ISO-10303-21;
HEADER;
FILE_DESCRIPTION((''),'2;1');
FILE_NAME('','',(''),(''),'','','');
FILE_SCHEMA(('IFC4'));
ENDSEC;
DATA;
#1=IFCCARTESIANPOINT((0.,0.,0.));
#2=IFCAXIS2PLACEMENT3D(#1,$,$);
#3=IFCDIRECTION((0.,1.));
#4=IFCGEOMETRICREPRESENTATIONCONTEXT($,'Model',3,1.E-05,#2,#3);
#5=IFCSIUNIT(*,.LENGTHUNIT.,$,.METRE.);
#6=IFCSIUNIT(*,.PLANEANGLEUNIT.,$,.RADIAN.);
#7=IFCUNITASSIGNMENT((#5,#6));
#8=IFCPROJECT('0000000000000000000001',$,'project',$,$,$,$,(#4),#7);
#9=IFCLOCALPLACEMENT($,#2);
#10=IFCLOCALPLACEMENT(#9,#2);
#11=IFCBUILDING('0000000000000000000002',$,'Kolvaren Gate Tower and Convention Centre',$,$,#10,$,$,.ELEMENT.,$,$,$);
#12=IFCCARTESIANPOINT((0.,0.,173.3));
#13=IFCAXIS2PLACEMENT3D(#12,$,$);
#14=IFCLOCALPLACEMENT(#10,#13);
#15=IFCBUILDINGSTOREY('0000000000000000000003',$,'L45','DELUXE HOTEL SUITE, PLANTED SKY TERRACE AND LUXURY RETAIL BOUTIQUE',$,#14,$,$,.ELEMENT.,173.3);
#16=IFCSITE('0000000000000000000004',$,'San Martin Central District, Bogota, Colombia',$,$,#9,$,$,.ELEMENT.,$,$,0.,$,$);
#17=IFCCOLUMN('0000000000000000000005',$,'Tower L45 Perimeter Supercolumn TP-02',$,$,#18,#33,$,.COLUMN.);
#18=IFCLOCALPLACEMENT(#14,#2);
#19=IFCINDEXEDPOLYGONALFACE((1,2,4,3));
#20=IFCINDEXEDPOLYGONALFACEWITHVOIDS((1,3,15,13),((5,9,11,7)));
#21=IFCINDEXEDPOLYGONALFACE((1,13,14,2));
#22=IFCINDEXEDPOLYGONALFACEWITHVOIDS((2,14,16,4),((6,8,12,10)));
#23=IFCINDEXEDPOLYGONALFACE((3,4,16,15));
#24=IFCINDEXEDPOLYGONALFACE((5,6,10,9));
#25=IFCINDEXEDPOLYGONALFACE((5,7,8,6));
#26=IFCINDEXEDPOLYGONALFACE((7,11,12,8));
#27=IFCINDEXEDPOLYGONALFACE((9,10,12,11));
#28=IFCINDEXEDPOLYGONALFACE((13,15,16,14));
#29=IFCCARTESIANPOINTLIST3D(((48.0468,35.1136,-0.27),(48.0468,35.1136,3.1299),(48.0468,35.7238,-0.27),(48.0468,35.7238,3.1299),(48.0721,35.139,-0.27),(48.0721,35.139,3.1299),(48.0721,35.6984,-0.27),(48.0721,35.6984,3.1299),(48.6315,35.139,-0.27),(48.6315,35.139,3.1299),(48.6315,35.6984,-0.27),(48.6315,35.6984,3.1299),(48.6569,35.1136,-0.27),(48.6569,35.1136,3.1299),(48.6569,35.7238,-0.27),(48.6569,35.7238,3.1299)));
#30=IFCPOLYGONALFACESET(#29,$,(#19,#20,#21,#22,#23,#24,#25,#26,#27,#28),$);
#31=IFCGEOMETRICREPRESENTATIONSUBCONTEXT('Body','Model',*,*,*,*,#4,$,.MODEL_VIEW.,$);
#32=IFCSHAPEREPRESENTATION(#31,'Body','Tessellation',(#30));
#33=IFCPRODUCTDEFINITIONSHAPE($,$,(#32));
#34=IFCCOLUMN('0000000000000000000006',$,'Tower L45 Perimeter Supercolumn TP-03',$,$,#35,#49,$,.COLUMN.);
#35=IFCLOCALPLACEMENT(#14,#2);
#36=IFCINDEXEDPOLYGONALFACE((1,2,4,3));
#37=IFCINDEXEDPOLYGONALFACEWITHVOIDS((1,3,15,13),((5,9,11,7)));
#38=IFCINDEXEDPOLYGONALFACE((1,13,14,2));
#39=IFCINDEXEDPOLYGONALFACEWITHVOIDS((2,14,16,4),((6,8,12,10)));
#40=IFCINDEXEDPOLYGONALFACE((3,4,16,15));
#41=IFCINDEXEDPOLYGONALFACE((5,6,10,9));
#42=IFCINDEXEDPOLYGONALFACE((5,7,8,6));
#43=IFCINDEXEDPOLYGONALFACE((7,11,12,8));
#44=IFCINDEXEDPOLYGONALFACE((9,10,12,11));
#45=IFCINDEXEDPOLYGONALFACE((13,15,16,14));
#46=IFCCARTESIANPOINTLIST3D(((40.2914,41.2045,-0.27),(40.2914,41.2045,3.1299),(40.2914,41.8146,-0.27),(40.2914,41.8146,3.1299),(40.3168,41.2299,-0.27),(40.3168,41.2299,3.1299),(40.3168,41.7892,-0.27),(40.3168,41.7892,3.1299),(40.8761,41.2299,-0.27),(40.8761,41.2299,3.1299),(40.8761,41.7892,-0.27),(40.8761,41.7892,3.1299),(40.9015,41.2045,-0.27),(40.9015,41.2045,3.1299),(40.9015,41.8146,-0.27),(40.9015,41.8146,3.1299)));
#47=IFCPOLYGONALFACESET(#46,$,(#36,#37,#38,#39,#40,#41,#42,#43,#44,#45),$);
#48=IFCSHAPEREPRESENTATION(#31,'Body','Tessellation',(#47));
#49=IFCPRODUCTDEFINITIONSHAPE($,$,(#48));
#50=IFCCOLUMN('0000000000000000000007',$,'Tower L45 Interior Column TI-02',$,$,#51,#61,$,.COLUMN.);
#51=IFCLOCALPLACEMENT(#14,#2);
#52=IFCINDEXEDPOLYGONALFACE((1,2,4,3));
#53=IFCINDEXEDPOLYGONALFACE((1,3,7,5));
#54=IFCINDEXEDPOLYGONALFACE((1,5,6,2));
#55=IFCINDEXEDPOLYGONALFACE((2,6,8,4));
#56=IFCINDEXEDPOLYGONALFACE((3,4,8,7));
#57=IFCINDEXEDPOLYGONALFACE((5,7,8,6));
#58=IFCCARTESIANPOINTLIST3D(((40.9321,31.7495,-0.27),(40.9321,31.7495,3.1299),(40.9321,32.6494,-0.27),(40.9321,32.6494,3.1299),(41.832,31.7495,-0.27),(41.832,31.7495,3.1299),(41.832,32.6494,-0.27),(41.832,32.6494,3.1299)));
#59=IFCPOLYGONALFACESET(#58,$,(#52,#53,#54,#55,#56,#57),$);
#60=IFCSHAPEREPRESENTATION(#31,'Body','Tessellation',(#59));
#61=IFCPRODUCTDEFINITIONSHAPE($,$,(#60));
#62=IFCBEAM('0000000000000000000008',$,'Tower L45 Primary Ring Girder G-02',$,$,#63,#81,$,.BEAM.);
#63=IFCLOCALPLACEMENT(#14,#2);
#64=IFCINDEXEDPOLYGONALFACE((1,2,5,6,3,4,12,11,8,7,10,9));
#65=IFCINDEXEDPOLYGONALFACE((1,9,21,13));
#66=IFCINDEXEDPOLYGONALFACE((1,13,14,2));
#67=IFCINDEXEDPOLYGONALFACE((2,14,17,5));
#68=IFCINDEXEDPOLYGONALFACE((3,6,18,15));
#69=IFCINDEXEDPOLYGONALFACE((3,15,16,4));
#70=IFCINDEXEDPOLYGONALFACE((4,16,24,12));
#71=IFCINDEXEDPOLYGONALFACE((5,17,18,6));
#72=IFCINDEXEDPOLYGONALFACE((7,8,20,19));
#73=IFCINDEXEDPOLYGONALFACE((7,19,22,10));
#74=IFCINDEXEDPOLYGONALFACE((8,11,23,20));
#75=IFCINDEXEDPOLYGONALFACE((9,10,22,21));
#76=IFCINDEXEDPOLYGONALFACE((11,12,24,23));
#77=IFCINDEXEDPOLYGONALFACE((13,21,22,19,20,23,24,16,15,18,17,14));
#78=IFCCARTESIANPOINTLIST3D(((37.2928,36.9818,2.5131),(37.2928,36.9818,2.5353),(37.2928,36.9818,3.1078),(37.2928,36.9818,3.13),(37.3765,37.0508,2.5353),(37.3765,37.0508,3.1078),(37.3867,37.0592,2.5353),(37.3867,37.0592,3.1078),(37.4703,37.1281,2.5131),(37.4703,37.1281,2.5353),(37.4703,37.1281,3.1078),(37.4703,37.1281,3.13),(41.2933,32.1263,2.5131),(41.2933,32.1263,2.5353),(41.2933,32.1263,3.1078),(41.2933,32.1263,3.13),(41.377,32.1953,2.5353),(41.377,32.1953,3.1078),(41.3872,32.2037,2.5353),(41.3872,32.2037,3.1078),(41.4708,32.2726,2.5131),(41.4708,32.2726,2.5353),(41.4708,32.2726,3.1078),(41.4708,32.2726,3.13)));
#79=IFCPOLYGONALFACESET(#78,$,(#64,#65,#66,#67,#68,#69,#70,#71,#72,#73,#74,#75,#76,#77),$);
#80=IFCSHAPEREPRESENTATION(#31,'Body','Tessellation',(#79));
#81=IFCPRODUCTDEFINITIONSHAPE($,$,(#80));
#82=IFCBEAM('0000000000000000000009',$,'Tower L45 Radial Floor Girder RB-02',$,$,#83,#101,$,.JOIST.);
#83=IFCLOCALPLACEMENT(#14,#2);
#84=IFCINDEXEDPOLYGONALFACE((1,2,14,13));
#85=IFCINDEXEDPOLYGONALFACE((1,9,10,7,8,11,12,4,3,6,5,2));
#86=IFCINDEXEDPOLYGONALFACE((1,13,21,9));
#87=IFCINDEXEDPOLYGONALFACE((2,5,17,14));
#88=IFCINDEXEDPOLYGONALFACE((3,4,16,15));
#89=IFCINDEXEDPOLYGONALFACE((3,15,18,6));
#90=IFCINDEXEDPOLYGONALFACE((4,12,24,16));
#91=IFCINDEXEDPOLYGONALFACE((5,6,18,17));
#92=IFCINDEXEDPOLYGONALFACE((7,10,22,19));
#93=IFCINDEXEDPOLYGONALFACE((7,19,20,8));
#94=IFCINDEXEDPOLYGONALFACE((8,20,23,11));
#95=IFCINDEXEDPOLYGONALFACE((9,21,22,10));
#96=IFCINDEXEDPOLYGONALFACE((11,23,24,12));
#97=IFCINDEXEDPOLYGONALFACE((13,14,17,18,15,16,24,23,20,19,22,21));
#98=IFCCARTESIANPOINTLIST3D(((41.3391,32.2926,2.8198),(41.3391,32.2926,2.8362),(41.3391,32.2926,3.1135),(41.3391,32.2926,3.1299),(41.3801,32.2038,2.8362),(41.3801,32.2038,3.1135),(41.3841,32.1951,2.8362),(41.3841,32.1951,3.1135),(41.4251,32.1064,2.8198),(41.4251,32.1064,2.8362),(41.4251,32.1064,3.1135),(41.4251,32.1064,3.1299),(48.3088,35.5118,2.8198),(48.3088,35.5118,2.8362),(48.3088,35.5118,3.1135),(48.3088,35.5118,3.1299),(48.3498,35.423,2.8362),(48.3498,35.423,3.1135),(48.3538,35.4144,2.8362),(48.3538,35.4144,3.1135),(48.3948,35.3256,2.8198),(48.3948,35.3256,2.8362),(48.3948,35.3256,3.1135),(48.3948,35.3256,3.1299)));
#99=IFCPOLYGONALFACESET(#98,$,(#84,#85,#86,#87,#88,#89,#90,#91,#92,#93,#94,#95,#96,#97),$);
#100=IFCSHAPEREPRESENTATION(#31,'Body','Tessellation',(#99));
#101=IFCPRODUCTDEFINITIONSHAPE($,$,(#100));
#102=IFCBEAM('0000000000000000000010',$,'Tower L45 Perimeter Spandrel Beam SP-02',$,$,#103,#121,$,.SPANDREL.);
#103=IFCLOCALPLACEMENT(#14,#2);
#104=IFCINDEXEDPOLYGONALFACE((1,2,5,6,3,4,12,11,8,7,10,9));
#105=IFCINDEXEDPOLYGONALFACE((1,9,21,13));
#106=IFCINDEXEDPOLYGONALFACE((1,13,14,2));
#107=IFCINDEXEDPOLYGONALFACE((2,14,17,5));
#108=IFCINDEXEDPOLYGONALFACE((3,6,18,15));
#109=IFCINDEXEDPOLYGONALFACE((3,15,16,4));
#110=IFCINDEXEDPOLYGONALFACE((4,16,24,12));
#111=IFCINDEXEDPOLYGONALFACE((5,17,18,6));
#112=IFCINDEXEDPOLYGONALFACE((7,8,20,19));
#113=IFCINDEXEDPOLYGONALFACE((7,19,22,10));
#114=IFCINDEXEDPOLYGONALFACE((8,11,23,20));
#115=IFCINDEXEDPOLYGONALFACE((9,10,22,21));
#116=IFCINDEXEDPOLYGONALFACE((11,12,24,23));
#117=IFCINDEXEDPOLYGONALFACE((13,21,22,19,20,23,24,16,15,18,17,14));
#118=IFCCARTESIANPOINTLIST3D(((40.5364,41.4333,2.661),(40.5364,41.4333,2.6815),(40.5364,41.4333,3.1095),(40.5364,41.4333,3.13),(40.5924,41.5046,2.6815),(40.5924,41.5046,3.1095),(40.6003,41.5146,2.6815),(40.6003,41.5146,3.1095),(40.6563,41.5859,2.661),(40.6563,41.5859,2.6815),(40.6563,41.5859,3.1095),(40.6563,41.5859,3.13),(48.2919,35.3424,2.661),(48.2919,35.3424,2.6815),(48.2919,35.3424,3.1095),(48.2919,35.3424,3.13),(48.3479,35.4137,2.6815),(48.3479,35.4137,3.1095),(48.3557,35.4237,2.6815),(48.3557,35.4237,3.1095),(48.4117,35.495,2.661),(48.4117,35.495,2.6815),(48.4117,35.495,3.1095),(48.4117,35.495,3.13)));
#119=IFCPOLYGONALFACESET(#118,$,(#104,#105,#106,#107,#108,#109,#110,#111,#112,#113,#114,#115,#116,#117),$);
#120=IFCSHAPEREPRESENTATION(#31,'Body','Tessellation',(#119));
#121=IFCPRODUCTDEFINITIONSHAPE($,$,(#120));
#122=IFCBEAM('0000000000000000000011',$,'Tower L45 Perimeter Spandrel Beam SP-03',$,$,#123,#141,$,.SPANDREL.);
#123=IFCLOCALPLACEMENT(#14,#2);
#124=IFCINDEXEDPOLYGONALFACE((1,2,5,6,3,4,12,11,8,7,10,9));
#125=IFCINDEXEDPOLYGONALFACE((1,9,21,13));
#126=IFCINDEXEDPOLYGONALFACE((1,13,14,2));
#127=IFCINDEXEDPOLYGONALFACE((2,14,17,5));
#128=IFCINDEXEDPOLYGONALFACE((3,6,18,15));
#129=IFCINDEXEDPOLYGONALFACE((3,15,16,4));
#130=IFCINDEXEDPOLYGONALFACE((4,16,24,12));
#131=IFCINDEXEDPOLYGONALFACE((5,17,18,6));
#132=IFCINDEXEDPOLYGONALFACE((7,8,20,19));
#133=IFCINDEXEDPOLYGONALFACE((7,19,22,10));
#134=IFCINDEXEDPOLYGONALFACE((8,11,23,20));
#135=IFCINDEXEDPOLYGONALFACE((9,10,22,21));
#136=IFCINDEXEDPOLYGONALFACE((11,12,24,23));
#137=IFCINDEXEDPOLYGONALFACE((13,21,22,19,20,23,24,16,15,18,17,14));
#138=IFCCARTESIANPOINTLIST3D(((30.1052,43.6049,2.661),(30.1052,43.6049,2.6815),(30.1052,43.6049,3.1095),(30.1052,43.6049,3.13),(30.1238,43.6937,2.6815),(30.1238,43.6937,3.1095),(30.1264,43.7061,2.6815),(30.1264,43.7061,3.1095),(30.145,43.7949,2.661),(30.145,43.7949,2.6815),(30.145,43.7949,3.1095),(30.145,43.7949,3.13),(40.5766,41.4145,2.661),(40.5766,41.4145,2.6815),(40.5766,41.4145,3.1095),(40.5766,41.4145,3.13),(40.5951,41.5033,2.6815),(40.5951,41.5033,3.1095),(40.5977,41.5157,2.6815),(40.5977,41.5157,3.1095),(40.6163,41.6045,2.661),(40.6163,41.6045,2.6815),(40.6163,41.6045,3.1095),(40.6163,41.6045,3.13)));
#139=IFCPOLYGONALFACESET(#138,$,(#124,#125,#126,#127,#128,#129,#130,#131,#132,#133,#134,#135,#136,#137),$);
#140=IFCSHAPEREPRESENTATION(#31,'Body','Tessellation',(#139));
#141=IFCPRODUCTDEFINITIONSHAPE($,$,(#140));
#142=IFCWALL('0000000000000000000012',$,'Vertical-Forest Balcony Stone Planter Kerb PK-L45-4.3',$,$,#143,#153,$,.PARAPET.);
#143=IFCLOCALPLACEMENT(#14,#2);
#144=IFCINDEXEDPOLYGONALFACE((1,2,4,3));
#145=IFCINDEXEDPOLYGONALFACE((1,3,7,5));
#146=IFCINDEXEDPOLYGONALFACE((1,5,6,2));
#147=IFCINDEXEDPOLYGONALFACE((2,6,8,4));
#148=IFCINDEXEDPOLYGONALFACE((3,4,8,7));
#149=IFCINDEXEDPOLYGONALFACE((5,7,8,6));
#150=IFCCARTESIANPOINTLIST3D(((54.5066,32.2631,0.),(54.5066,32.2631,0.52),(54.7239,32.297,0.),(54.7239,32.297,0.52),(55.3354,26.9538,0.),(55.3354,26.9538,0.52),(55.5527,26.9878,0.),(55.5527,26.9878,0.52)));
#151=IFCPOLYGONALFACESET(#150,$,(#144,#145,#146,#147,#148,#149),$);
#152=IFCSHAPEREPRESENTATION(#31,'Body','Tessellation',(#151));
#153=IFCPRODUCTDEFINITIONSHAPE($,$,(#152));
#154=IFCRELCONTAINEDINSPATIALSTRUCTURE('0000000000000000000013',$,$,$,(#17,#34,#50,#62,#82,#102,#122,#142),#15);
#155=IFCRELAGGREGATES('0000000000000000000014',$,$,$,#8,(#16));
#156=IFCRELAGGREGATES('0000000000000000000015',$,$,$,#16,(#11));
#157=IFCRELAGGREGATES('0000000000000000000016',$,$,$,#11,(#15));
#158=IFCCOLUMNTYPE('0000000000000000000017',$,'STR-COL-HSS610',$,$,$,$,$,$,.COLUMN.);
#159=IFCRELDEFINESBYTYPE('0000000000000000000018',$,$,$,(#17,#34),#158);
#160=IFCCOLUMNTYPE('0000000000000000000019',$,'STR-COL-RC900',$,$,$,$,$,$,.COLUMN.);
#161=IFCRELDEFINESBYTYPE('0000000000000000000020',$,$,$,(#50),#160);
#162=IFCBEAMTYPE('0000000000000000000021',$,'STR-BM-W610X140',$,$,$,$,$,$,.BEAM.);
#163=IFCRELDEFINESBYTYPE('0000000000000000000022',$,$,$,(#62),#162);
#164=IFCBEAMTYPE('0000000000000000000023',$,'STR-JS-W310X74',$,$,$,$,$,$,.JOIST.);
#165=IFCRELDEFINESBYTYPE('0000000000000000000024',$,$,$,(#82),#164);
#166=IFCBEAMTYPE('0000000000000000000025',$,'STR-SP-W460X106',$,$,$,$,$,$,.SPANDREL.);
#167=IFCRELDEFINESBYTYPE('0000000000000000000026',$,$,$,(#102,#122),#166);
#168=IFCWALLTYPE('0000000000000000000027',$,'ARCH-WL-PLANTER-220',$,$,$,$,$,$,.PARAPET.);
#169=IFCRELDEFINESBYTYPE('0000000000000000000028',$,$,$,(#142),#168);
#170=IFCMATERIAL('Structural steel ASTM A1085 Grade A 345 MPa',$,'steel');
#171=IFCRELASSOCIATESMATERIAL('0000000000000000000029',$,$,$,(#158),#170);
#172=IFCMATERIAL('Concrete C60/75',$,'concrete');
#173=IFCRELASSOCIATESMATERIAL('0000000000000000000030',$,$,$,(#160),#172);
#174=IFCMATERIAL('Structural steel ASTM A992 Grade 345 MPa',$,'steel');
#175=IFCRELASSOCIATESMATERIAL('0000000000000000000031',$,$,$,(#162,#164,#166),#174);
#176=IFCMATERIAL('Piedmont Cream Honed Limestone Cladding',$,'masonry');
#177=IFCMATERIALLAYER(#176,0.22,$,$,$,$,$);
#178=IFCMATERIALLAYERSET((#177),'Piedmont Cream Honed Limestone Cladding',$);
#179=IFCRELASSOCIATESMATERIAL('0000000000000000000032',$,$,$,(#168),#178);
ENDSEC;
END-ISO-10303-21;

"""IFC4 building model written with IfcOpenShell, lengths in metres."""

from ifc_helpers import new_model, si_unit, direction, frame, frame_2d, origin, origin_2d, place, context, subcontext, project, spatial, rectangle, hollow_rectangle, i_section, extrude, material, layer, layer_set, material_profile, profile_set, type_object, element, save


model = new_model("IFC4")

# Units and contexts
model_context = context("Model", 3, precision=1e-05, world=origin(), true_north=direction((0.0, 1.0)))
body_context = subcontext(model_context, "Body", "Model", "MODEL_VIEW")
ifc_project = project(units=[si_unit("LENGTHUNIT", "METRE"), si_unit("PLANEANGLEUNIT", "RADIAN")], contexts=[model_context])

# Site, building, storey
site_placement = place(None, origin())
site = spatial("IfcSite", under=ifc_project, at=site_placement, Name="San Martin Central District, Bogota, Colombia", CompositionType="ELEMENT", RefElevation=0.0)
building_placement = place(site_placement, origin())
building = spatial("IfcBuilding", under=site, at=building_placement, Name="Kolvaren Gate Tower and Convention Centre", CompositionType="ELEMENT")
storey_placement = place(building_placement, frame((0.0, 0.0, 173.3)))
storey = spatial("IfcBuildingStorey", under=building, at=storey_placement, Name="L45", Description="DELUXE HOTEL SUITE, PLANTED SKY TERRACE AND LUXURY RETAIL BOUTIQUE", CompositionType="ELEMENT", Elevation=173.3)

# Columns
ifc_material_1 = material(Name="Structural steel ASTM A1085 Grade A 345 MPa", Category="steel")
ifc_material_profile_1 = material_profile(ifc_material_1, hollow_rectangle(XDim=0.6101, YDim=0.6101, WallThickness=0.0254, at=origin_2d()), Name="HSS610X610X25.4")
ifc_profile_set_1 = profile_set([ifc_material_profile_1], Name="Structural steel ASTM A1085 Grade A 345 MPa")
column_type_1 = type_object("IfcColumnType", Name="STR-COL-HSS610", PredefinedType="COLUMN", material=ifc_profile_set_1)
for number, where, z_axis, x_axis, name in (
    (1, (48.3518, 35.4187, -0.27), (0.0, 0.0, 1.0), (1.0, 0.0, 0.0), "Tower L45 Perimeter Supercolumn TP-02"),
    (2, (40.5964, 41.5095, -0.27), (0.0, 0.0, 1.0), (1.0, 0.0, 0.0), "Tower L45 Perimeter Supercolumn TP-03"),
):
    element("IfcColumn", number, at=place(storey_placement, frame(where, z_axis=z_axis, x_axis=x_axis)), inside=storey, type_object=column_type_1, Name=name, PredefinedType="COLUMN", context=body_context, shape_type="SweptSolid", body=[
        extrude(hollow_rectangle(XDim=0.6101, YDim=0.6101, WallThickness=0.0254, at=origin_2d()), origin(), (0.0, 0.0, 1.0), 3.3999),
    ])
ifc_material_2 = material(Name="Concrete C60/75", Category="concrete")
ifc_material_profile_2 = material_profile(ifc_material_2, rectangle(XDim=0.8999, YDim=0.8999, at=origin_2d()), Name="RC-COL-900X900")
ifc_profile_set_2 = profile_set([ifc_material_profile_2], Name="Concrete C60/75")
column_type_2 = type_object("IfcColumnType", Name="STR-COL-RC900", PredefinedType="COLUMN", material=ifc_profile_set_2)
column_placement = place(storey_placement, frame((41.3821, 32.1995, -0.27), z_axis=(0.0, 0.0, 1.0), x_axis=(1.0, 0.0, 0.0)))
element("IfcColumn", 3, at=column_placement, inside=storey, type_object=column_type_2, Name="Tower L45 Interior Column TI-02", PredefinedType="COLUMN", context=body_context, shape_type="SweptSolid", body=[
    extrude(rectangle(XDim=0.8999, YDim=0.8999, at=origin_2d()), origin(), (0.0, 0.0, 1.0), 3.3999),
])

# Beams
ifc_material_3 = material(Name="Structural steel ASTM A992 Grade 345 MPa", Category="steel")
ifc_material_profile_3 = material_profile(ifc_material_3, i_section(OverallWidth=0.23, OverallDepth=0.6169, WebThickness=0.0132, FlangeThickness=0.0222, at=origin_2d()), Name="W610X140")
ifc_profile_set_3 = profile_set([ifc_material_profile_3], Name="Structural steel ASTM A992 Grade 345 MPa")
beam_type_1 = type_object("IfcBeamType", Name="STR-BM-W610X140", PredefinedType="BEAM", material=ifc_profile_set_3)
beam_1_placement = place(storey_placement, frame((41.3821, 32.1995, 2.8215), z_axis=(-0.635884, 0.771785, 0.0), x_axis=(-0.771785, -0.635884, 0.0)))
element("IfcBeam", 4, at=beam_1_placement, inside=storey, type_object=beam_type_1, Name="Tower L45 Primary Ring Girder G-02", PredefinedType="BEAM", context=body_context, shape_type="SweptSolid", body=[
    extrude(i_section(OverallWidth=0.23, OverallDepth=0.6169, WebThickness=0.0132, FlangeThickness=0.0222, at=origin_2d()), origin(), (0.0, 0.0, 1.0), 6.2913),
])
ifc_material_profile_4 = material_profile(ifc_material_3, i_section(OverallWidth=0.2051, OverallDepth=0.3101, WebThickness=0.0095, FlangeThickness=0.0164, at=origin_2d()), Name="W310X74")
ifc_profile_set_4 = profile_set([ifc_material_profile_4], Name="Structural steel ASTM A992 Grade 345 MPa")
beam_type_2 = type_object("IfcBeamType", Name="STR-JS-W310X74", PredefinedType="JOIST", material=ifc_profile_set_4)
beam_2_placement = place(storey_placement, frame((41.3821, 32.1995, 2.9749), z_axis=(0.907838, 0.41932, 0.0), x_axis=(-0.41932, 0.907838, 0.0)))
element("IfcBeam", 5, at=beam_2_placement, inside=storey, type_object=beam_type_2, Name="Tower L45 Radial Floor Girder RB-02", PredefinedType="JOIST", context=body_context, shape_type="SweptSolid", body=[
    extrude(i_section(OverallWidth=0.2051, OverallDepth=0.3101, WebThickness=0.0095, FlangeThickness=0.0164, at=origin_2d()), origin(), (0.0, 0.0, 1.0), 7.6772),
])
ifc_material_profile_5 = material_profile(ifc_material_3, i_section(OverallWidth=0.1941, OverallDepth=0.469, WebThickness=0.0127, FlangeThickness=0.0205, at=origin_2d()), Name="W460X106")
ifc_profile_set_5 = profile_set([ifc_material_profile_5], Name="Structural steel ASTM A992 Grade 345 MPa")
beam_type_3 = type_object("IfcBeamType", Name="STR-SP-W460X106", PredefinedType="SPANDREL", material=ifc_profile_set_5)
beam_3_placement = place(storey_placement, frame((48.3518, 35.4187, 2.8955), z_axis=(-0.786451, 0.617653, 0.0), x_axis=(-0.617653, -0.786451, 0.0)))
element("IfcBeam", 6, at=beam_3_placement, inside=storey, type_object=beam_type_3, Name="Tower L45 Perimeter Spandrel Beam SP-02", PredefinedType="SPANDREL", context=body_context, shape_type="SweptSolid", body=[
    extrude(i_section(OverallWidth=0.1941, OverallDepth=0.469, WebThickness=0.0127, FlangeThickness=0.0205, at=origin_2d()), origin(), (0.0, 0.0, 1.0), 9.8613),
])
beam_4_placement = place(storey_placement, frame((40.5964, 41.5095, 2.8955), z_axis=(-0.978814, 0.20475, 0.0), x_axis=(-0.20475, -0.978814, 0.0)))
element("IfcBeam", 7, at=beam_4_placement, inside=storey, type_object=beam_type_3, Name="Tower L45 Perimeter Spandrel Beam SP-03", PredefinedType="SPANDREL", context=body_context, shape_type="SweptSolid", body=[
    extrude(i_section(OverallWidth=0.1941, OverallDepth=0.469, WebThickness=0.0127, FlangeThickness=0.0205, at=origin_2d()), origin(), (0.0, 0.0, 1.0), 10.698),
])

# Wall
ifc_material_4 = material(Name="Piedmont Cream Honed Limestone Cladding", Category="masonry")
ifc_layer_1 = layer(ifc_material_4, 0.22)
ifc_layer_set_1 = layer_set([ifc_layer_1], Name="Piedmont Cream Honed Limestone Cladding")
wall_type_1 = type_object("IfcWallType", Name="ARCH-WL-PLANTER-220", PredefinedType="PARAPET", material=ifc_layer_set_1)
wall_1_placement = place(storey_placement, frame((54.6152, 32.28, 0.0), z_axis=(0.0, 0.0, 1.0), x_axis=(0.154245, -0.988033, 0.0)))
element("IfcWall", 8, at=wall_1_placement, inside=storey, type_object=wall_type_1, Name="Vertical-Forest Balcony Stone Planter Kerb PK-L45-4.3", PredefinedType="PARAPET", context=body_context, shape_type="SweptSolid", body=[
    extrude(rectangle(XDim=5.3735, YDim=0.22, at=frame_2d((2.6868, 0.0))), origin(), (0.0, 0.0, 1.0), 0.52),
])

save(model, "model.ifc")
